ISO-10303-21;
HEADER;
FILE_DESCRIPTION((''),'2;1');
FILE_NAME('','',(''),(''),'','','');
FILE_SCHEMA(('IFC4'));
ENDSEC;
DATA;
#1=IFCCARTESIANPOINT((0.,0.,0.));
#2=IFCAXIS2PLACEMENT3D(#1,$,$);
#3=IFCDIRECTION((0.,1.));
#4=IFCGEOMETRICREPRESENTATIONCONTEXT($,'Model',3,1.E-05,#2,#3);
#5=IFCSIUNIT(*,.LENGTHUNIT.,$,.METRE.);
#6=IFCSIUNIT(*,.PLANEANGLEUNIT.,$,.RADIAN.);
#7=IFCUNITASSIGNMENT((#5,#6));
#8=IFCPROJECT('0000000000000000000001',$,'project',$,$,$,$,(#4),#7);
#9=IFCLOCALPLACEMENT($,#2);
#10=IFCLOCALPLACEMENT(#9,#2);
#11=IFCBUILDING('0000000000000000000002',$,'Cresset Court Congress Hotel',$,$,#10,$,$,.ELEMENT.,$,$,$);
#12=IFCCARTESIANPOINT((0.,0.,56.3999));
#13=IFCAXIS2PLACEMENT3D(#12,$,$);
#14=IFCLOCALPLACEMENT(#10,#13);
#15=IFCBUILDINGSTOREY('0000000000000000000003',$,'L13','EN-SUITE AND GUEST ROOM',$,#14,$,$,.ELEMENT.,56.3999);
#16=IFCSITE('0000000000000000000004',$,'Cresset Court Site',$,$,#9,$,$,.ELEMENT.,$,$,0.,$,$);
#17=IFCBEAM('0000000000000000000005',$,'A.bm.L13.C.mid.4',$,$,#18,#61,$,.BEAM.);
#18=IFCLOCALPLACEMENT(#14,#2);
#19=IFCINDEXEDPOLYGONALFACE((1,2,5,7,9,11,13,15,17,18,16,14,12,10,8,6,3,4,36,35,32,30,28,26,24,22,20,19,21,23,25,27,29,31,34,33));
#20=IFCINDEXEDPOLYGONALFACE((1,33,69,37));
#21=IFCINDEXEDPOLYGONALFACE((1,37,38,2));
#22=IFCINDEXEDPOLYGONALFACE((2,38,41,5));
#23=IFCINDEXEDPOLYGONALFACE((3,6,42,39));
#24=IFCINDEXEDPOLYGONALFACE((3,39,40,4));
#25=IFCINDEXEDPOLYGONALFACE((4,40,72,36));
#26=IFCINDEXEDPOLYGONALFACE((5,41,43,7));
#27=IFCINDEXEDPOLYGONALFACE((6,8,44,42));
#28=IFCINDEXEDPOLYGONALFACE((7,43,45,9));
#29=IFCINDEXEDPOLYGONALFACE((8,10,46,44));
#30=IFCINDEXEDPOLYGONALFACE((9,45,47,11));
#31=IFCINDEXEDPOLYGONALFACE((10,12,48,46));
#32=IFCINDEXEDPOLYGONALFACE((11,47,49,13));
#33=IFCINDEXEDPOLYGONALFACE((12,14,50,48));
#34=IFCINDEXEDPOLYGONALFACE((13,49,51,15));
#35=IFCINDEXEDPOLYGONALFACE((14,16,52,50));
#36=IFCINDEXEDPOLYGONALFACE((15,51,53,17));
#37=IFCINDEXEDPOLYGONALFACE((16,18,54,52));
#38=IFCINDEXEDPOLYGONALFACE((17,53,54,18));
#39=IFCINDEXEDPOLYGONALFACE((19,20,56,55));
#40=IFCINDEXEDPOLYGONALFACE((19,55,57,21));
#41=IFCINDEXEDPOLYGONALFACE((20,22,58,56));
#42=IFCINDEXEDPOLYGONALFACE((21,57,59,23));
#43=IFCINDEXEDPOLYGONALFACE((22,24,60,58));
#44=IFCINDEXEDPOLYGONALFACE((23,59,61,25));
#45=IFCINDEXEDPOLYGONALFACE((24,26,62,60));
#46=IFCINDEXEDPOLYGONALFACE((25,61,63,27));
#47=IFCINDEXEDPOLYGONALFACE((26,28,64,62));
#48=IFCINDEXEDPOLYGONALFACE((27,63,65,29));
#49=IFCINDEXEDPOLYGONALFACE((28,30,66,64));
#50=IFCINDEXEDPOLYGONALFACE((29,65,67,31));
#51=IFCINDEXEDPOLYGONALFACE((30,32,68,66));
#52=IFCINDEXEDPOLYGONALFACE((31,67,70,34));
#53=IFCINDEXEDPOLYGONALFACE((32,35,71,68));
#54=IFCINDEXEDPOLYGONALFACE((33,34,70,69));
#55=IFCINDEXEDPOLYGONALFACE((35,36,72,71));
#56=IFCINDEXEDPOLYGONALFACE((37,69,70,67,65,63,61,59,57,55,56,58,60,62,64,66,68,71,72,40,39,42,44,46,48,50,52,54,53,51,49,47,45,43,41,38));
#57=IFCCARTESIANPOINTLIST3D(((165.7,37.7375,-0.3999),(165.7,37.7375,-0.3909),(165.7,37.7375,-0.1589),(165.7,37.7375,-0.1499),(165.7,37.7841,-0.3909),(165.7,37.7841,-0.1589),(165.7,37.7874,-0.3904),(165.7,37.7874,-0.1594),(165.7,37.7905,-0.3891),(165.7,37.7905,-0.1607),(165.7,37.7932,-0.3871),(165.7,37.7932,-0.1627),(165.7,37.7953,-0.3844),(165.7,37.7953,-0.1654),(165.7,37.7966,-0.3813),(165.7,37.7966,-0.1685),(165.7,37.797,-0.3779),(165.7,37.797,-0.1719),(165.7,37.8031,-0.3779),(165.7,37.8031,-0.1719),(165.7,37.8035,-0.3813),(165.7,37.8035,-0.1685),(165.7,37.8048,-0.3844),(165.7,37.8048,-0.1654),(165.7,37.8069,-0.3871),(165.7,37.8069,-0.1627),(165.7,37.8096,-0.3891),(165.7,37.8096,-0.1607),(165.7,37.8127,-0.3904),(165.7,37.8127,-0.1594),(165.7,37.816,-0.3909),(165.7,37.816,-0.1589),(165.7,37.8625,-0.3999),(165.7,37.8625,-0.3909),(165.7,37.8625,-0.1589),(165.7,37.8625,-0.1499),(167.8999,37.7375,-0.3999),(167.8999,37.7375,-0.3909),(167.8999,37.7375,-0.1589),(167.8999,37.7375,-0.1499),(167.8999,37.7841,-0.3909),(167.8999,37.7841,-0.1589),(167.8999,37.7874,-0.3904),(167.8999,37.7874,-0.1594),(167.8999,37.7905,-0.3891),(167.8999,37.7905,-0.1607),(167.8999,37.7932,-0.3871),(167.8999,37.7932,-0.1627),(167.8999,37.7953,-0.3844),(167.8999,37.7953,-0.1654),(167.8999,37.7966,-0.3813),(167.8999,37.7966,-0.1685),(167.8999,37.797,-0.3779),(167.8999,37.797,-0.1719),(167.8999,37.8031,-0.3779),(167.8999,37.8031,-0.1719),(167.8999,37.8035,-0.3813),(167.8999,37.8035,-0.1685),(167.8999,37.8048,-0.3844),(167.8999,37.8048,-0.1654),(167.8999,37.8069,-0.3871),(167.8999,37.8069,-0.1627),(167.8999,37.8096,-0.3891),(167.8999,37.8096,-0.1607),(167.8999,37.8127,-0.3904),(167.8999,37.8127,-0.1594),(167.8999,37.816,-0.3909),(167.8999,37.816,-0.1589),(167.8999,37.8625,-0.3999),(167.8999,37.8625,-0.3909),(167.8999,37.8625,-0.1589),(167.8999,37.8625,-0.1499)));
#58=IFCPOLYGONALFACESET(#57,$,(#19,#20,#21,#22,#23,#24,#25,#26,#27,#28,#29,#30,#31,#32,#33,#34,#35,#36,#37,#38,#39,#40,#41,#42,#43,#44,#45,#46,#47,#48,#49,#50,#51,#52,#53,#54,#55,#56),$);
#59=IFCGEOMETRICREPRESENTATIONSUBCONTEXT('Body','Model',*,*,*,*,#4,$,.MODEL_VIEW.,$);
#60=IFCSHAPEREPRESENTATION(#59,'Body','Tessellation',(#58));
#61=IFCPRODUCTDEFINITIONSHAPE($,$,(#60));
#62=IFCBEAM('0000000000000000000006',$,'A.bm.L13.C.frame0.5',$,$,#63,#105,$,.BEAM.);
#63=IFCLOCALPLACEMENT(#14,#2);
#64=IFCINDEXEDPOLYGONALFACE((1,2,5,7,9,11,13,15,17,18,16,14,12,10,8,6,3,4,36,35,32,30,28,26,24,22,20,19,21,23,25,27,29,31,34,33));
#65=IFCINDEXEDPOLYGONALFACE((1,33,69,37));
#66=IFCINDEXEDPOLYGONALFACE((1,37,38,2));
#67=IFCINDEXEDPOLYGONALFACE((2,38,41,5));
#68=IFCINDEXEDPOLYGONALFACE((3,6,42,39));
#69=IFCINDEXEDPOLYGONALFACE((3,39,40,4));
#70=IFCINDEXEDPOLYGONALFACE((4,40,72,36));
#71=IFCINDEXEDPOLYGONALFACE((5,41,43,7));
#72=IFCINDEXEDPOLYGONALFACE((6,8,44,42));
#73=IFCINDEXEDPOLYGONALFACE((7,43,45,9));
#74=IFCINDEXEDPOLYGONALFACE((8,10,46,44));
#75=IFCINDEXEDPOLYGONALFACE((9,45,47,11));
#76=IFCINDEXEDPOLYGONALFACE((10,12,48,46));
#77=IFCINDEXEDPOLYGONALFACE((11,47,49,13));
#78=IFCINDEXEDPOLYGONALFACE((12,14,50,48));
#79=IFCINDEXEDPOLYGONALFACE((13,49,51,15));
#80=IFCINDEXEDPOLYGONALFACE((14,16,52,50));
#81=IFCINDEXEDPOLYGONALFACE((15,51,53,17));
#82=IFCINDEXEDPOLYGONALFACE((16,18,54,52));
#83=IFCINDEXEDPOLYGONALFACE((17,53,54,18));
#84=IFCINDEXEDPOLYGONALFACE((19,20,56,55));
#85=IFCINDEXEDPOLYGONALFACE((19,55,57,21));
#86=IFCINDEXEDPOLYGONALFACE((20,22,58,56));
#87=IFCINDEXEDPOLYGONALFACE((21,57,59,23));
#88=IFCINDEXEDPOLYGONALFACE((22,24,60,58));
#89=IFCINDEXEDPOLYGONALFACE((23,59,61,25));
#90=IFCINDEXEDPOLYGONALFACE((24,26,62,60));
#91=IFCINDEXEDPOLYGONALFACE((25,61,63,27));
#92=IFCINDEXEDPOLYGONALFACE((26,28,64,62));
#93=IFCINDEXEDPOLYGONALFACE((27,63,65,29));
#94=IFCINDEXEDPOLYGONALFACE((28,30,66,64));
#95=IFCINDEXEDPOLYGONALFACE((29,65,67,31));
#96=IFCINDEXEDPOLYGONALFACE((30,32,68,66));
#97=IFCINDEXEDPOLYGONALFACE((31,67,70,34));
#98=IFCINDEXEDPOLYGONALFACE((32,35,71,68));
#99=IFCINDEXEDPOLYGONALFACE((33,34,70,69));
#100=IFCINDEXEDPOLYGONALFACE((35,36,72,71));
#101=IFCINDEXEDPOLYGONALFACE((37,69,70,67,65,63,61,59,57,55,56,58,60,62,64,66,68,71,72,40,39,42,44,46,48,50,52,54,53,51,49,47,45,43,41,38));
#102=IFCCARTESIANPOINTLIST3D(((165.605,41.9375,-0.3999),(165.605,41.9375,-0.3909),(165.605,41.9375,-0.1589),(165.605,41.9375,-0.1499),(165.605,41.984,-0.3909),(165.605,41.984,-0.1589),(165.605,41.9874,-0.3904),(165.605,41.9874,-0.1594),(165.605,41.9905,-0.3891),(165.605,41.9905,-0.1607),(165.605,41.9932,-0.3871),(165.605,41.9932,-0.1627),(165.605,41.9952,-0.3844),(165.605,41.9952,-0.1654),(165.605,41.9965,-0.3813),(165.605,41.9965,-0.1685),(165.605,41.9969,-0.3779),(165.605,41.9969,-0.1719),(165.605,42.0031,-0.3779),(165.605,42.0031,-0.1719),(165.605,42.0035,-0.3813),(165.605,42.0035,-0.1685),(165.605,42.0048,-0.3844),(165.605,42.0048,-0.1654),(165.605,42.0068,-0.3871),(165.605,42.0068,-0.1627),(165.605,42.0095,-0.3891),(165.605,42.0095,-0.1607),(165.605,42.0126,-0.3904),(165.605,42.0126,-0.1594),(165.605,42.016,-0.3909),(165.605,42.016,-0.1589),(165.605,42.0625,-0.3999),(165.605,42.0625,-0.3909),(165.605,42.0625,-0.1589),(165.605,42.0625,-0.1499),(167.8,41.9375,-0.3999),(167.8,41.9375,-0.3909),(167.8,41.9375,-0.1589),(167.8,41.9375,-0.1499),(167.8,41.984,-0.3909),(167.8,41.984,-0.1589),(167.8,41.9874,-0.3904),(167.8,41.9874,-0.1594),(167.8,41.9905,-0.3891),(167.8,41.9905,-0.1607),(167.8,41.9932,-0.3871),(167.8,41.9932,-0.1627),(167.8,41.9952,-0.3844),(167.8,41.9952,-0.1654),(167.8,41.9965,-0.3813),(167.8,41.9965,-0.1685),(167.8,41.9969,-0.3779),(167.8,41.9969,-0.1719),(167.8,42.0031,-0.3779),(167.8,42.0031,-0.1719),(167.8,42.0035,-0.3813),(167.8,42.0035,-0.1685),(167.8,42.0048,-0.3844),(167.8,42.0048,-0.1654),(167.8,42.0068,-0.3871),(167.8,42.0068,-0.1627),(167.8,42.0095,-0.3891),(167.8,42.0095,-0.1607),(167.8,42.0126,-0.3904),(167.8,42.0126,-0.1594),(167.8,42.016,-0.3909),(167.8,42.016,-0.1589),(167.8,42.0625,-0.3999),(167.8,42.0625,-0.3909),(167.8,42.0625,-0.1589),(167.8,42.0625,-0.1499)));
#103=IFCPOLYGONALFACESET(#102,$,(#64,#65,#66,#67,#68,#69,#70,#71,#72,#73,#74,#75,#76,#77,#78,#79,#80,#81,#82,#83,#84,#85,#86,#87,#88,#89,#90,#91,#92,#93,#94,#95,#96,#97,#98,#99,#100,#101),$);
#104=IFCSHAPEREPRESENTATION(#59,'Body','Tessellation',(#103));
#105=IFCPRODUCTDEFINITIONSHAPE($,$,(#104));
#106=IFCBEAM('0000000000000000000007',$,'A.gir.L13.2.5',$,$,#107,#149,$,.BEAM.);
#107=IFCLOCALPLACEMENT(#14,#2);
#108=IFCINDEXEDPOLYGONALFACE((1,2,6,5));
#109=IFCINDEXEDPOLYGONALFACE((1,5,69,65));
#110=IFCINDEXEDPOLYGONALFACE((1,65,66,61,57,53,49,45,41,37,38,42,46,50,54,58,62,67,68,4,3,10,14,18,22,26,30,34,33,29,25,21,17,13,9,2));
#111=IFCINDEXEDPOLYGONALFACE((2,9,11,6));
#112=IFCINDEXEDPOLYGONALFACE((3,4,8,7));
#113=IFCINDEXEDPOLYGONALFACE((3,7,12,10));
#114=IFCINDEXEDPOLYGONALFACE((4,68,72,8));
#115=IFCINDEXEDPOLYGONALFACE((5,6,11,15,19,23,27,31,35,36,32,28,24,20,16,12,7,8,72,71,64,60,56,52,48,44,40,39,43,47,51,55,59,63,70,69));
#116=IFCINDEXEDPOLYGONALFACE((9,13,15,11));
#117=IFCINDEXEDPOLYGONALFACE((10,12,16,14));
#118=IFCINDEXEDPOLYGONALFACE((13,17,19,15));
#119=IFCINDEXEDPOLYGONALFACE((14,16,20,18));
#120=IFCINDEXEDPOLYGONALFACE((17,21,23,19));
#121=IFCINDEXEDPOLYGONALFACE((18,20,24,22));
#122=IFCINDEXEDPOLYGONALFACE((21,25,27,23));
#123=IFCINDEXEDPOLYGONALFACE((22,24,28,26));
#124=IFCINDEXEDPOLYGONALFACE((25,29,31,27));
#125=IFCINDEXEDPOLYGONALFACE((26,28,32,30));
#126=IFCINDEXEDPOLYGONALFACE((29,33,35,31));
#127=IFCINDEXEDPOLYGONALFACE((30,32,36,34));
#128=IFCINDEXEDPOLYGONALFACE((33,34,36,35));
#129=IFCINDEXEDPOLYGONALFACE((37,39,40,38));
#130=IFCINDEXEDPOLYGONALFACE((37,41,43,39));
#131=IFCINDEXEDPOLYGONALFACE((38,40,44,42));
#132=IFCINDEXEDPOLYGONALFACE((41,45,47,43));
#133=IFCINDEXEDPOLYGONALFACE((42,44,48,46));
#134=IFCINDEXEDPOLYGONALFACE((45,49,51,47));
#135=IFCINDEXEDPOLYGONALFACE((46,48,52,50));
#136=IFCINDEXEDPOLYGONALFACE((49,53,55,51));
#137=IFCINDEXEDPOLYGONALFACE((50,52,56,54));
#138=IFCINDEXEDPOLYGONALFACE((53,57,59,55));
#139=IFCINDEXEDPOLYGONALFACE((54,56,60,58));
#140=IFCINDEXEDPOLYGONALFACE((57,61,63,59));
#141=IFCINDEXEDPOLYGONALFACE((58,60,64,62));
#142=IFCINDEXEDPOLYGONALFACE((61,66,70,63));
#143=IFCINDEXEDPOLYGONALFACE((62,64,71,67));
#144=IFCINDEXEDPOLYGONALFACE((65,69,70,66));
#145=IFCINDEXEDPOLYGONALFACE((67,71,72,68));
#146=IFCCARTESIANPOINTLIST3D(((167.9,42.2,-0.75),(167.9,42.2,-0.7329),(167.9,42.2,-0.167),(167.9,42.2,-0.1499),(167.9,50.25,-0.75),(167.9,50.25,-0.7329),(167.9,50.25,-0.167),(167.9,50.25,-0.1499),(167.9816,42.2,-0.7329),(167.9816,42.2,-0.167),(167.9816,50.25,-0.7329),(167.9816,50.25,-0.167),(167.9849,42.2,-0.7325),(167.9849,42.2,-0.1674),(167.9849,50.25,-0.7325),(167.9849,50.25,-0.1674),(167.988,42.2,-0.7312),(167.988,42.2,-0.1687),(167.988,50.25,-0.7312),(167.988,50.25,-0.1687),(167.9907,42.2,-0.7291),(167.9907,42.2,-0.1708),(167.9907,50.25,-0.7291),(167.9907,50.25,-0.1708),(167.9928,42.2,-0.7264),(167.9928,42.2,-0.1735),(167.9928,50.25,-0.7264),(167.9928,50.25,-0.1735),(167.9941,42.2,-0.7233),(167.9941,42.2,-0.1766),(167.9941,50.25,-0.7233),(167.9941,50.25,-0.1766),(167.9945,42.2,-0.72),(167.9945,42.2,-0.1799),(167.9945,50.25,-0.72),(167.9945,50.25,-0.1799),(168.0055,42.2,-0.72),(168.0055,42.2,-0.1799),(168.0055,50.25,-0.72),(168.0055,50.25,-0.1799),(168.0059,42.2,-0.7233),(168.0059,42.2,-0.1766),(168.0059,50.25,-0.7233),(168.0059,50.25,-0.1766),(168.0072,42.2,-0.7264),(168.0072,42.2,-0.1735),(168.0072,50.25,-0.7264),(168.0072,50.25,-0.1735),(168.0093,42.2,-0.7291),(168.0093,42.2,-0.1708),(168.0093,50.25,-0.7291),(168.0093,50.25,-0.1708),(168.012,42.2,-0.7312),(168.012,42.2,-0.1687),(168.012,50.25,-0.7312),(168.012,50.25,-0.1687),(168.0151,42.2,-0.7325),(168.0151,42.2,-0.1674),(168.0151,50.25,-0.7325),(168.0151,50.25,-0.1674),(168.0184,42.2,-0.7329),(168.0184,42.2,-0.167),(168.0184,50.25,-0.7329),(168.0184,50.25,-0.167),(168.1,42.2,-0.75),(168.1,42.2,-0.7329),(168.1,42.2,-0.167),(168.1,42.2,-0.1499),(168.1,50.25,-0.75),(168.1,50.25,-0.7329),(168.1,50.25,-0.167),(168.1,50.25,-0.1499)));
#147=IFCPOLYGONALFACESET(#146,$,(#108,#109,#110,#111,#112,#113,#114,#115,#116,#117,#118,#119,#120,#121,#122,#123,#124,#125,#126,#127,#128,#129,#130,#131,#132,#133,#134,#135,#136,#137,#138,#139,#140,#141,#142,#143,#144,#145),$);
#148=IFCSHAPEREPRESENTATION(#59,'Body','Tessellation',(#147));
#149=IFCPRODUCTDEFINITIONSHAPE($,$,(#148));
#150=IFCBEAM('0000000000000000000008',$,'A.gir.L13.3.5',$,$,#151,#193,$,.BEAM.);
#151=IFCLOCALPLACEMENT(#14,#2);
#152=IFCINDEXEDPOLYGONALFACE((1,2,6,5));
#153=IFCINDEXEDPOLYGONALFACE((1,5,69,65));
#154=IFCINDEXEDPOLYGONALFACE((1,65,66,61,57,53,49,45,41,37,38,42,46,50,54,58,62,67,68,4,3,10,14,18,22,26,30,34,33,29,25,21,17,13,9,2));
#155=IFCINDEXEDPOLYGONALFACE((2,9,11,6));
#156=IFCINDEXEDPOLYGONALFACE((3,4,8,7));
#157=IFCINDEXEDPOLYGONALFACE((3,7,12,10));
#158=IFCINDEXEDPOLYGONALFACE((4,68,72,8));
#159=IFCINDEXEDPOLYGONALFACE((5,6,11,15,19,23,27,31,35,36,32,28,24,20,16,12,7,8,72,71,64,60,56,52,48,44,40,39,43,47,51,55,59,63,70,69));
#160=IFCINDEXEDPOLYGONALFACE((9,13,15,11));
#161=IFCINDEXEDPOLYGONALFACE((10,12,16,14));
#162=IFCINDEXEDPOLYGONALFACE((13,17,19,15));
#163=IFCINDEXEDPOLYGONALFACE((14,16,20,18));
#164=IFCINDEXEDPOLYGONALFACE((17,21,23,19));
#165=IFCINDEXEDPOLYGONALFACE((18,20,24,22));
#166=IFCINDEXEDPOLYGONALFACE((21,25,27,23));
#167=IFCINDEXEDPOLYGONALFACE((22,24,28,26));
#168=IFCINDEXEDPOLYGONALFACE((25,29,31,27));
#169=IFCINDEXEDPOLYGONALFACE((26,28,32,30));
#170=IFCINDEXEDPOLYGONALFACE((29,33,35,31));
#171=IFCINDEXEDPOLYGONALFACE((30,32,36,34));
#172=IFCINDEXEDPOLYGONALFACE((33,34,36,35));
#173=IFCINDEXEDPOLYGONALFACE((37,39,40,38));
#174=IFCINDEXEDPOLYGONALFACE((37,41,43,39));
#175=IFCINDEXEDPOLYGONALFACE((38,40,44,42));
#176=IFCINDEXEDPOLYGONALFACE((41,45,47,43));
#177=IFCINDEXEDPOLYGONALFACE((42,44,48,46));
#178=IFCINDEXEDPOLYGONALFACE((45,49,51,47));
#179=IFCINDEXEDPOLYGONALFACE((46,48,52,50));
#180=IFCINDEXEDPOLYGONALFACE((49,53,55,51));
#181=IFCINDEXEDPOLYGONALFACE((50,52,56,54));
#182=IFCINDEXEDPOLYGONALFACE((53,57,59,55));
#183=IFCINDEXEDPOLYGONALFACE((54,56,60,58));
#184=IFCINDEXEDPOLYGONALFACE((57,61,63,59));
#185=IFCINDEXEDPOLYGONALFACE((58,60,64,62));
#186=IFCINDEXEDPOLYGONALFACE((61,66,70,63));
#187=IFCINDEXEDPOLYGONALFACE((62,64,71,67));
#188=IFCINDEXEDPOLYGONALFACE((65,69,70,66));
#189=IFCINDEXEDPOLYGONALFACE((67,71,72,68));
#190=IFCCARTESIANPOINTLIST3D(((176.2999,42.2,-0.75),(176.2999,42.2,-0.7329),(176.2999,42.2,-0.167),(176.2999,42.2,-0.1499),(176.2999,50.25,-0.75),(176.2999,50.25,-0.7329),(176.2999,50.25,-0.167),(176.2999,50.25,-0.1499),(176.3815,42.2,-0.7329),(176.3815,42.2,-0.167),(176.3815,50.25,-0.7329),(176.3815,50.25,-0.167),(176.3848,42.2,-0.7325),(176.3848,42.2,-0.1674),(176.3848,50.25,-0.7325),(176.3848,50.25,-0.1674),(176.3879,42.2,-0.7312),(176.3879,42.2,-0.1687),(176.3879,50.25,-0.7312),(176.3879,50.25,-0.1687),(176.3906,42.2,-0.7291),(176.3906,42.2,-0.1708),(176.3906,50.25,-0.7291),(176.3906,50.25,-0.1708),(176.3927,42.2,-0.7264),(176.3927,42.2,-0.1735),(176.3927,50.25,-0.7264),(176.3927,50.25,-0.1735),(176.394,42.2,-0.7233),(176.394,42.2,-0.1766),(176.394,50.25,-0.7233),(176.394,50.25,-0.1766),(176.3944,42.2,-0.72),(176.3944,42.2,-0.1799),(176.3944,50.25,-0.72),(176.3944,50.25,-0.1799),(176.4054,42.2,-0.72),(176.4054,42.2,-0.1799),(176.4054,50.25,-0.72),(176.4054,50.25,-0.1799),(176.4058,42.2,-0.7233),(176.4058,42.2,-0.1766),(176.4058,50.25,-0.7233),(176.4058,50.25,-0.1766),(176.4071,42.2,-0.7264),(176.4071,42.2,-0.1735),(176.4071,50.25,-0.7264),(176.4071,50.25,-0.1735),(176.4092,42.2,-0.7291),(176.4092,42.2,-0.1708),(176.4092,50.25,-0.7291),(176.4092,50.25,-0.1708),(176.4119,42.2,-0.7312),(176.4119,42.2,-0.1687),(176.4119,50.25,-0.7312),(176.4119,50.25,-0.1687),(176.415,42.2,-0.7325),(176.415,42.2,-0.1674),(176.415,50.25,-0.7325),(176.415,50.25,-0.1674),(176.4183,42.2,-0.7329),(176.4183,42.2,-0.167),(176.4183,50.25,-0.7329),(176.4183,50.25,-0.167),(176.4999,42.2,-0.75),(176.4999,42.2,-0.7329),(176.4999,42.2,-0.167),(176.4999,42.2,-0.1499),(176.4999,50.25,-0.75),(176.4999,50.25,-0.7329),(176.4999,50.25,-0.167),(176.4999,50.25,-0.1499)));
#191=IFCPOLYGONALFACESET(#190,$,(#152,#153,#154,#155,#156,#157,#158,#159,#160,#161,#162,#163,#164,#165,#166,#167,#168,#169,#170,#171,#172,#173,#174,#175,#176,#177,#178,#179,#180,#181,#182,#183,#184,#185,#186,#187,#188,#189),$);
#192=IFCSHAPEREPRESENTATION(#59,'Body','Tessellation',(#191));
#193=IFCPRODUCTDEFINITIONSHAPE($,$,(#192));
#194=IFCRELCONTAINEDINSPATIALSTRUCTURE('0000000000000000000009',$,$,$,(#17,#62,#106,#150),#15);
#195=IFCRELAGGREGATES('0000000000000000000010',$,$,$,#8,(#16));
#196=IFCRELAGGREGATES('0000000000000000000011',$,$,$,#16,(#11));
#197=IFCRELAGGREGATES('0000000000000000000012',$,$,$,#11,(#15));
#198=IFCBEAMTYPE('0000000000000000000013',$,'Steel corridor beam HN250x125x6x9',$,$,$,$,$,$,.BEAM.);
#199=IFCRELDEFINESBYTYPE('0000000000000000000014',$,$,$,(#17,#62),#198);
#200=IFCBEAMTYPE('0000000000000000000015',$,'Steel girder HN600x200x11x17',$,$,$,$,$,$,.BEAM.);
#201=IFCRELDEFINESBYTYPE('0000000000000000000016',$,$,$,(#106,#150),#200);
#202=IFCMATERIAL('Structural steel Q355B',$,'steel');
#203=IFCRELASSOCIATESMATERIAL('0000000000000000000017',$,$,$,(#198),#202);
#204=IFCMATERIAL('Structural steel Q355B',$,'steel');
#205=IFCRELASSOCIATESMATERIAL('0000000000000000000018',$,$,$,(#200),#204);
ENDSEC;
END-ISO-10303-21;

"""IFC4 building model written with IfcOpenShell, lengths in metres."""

from ifc_helpers import new_model, si_unit, direction, frame, origin, origin_2d, place, context, subcontext, project, spatial, i_section, extrude, material, material_profile, profile_set, type_object, element, save


model = new_model("IFC4")

# Units and contexts
model_context = context("Model", 3, precision=1e-05, world=origin(), true_north=direction((0.0, 1.0)))
body_context = subcontext(model_context, "Body", "Model", "MODEL_VIEW")
ifc_project = project(units=[si_unit("LENGTHUNIT", "METRE"), si_unit("PLANEANGLEUNIT", "RADIAN")], contexts=[model_context])

# Site, building, storey
site_placement = place(None, origin())
site = spatial("IfcSite", under=ifc_project, at=site_placement, Name="Cresset Court Site", CompositionType="ELEMENT", RefElevation=0.0)
building_placement = place(site_placement, origin())
building = spatial("IfcBuilding", under=site, at=building_placement, Name="Cresset Court Congress Hotel", CompositionType="ELEMENT")
storey_placement = place(building_placement, frame((0.0, 0.0, 56.3999)))
storey = spatial("IfcBuildingStorey", under=building, at=storey_placement, Name="L13", Description="EN-SUITE AND GUEST ROOM", CompositionType="ELEMENT", Elevation=56.3999)

# Beams
ifc_material_1 = material(Name="Structural steel Q355B", Category="steel")
ifc_material_profile_1 = material_profile(ifc_material_1, i_section(OverallWidth=0.125, OverallDepth=0.25, WebThickness=0.0061, FlangeThickness=0.009, FilletRadius=0.0129, at=origin_2d()), Name="HN250x125x6x9")
ifc_profile_set_1 = profile_set([ifc_material_profile_1], Name="Structural steel Q355B")
beam_type_1 = type_object("IfcBeamType", Name="Steel corridor beam HN250x125x6x9", PredefinedType="BEAM", material=ifc_profile_set_1)
beam_1_placement = place(storey_placement, frame((165.7, 37.8, -0.2749), z_axis=(1.0, 0.0, 0.0), x_axis=(0.0, 1.0, 0.0)))
element("IfcBeam", 1, at=beam_1_placement, inside=storey, type_object=beam_type_1, Name="A.bm.L13.C.mid.4", PredefinedType="BEAM", context=body_context, shape_type="SweptSolid", body=[
    extrude(i_section(OverallWidth=0.125, OverallDepth=0.25, WebThickness=0.0061, FlangeThickness=0.009, FilletRadius=0.0129, at=origin_2d()), origin(), (0.0, 0.0, 1.0), 2.2),
])
beam_2_placement = place(storey_placement, frame((165.605, 42.0, -0.2749), z_axis=(1.0, 0.0, 0.0), x_axis=(0.0, 1.0, 0.0)))
element("IfcBeam", 2, at=beam_2_placement, inside=storey, type_object=beam_type_1, Name="A.bm.L13.C.frame0.5", PredefinedType="BEAM", context=body_context, shape_type="SweptSolid", body=[
    extrude(i_section(OverallWidth=0.125, OverallDepth=0.25, WebThickness=0.0061, FlangeThickness=0.009, FilletRadius=0.0129, at=origin_2d()), origin(), (0.0, 0.0, 1.0), 2.1951),
])
ifc_material_2 = material(Name="Structural steel Q355B", Category="steel")
ifc_material_profile_2 = material_profile(ifc_material_2, i_section(OverallWidth=0.2, OverallDepth=0.6001, WebThickness=0.011, FlangeThickness=0.0171, FilletRadius=0.0129, at=origin_2d()), Name="HN600x200x11x17")
ifc_profile_set_2 = profile_set([ifc_material_profile_2], Name="Structural steel Q355B")
beam_type_2 = type_object("IfcBeamType", Name="Steel girder HN600x200x11x17", PredefinedType="BEAM", material=ifc_profile_set_2)
for number, where, z_axis, x_axis, name in (
    (3, (168.0, 42.2, -0.45), (0.0, 1.0, 0.0), (-1.0, 0.0, 0.0), "A.gir.L13.2.5"),
    (4, (176.3999, 42.2, -0.45), (0.0, 1.0, 0.0), (-1.0, 0.0, 0.0), "A.gir.L13.3.5"),
):
    element("IfcBeam", number, at=place(storey_placement, frame(where, z_axis=z_axis, x_axis=x_axis)), inside=storey, type_object=beam_type_2, Name=name, PredefinedType="BEAM", context=body_context, shape_type="SweptSolid", body=[
        extrude(i_section(OverallWidth=0.2, OverallDepth=0.6001, WebThickness=0.011, FlangeThickness=0.0171, FilletRadius=0.0129, at=origin_2d()), origin(), (0.0, 0.0, 1.0), 8.05),
    ])

save(model, "model.ifc")
